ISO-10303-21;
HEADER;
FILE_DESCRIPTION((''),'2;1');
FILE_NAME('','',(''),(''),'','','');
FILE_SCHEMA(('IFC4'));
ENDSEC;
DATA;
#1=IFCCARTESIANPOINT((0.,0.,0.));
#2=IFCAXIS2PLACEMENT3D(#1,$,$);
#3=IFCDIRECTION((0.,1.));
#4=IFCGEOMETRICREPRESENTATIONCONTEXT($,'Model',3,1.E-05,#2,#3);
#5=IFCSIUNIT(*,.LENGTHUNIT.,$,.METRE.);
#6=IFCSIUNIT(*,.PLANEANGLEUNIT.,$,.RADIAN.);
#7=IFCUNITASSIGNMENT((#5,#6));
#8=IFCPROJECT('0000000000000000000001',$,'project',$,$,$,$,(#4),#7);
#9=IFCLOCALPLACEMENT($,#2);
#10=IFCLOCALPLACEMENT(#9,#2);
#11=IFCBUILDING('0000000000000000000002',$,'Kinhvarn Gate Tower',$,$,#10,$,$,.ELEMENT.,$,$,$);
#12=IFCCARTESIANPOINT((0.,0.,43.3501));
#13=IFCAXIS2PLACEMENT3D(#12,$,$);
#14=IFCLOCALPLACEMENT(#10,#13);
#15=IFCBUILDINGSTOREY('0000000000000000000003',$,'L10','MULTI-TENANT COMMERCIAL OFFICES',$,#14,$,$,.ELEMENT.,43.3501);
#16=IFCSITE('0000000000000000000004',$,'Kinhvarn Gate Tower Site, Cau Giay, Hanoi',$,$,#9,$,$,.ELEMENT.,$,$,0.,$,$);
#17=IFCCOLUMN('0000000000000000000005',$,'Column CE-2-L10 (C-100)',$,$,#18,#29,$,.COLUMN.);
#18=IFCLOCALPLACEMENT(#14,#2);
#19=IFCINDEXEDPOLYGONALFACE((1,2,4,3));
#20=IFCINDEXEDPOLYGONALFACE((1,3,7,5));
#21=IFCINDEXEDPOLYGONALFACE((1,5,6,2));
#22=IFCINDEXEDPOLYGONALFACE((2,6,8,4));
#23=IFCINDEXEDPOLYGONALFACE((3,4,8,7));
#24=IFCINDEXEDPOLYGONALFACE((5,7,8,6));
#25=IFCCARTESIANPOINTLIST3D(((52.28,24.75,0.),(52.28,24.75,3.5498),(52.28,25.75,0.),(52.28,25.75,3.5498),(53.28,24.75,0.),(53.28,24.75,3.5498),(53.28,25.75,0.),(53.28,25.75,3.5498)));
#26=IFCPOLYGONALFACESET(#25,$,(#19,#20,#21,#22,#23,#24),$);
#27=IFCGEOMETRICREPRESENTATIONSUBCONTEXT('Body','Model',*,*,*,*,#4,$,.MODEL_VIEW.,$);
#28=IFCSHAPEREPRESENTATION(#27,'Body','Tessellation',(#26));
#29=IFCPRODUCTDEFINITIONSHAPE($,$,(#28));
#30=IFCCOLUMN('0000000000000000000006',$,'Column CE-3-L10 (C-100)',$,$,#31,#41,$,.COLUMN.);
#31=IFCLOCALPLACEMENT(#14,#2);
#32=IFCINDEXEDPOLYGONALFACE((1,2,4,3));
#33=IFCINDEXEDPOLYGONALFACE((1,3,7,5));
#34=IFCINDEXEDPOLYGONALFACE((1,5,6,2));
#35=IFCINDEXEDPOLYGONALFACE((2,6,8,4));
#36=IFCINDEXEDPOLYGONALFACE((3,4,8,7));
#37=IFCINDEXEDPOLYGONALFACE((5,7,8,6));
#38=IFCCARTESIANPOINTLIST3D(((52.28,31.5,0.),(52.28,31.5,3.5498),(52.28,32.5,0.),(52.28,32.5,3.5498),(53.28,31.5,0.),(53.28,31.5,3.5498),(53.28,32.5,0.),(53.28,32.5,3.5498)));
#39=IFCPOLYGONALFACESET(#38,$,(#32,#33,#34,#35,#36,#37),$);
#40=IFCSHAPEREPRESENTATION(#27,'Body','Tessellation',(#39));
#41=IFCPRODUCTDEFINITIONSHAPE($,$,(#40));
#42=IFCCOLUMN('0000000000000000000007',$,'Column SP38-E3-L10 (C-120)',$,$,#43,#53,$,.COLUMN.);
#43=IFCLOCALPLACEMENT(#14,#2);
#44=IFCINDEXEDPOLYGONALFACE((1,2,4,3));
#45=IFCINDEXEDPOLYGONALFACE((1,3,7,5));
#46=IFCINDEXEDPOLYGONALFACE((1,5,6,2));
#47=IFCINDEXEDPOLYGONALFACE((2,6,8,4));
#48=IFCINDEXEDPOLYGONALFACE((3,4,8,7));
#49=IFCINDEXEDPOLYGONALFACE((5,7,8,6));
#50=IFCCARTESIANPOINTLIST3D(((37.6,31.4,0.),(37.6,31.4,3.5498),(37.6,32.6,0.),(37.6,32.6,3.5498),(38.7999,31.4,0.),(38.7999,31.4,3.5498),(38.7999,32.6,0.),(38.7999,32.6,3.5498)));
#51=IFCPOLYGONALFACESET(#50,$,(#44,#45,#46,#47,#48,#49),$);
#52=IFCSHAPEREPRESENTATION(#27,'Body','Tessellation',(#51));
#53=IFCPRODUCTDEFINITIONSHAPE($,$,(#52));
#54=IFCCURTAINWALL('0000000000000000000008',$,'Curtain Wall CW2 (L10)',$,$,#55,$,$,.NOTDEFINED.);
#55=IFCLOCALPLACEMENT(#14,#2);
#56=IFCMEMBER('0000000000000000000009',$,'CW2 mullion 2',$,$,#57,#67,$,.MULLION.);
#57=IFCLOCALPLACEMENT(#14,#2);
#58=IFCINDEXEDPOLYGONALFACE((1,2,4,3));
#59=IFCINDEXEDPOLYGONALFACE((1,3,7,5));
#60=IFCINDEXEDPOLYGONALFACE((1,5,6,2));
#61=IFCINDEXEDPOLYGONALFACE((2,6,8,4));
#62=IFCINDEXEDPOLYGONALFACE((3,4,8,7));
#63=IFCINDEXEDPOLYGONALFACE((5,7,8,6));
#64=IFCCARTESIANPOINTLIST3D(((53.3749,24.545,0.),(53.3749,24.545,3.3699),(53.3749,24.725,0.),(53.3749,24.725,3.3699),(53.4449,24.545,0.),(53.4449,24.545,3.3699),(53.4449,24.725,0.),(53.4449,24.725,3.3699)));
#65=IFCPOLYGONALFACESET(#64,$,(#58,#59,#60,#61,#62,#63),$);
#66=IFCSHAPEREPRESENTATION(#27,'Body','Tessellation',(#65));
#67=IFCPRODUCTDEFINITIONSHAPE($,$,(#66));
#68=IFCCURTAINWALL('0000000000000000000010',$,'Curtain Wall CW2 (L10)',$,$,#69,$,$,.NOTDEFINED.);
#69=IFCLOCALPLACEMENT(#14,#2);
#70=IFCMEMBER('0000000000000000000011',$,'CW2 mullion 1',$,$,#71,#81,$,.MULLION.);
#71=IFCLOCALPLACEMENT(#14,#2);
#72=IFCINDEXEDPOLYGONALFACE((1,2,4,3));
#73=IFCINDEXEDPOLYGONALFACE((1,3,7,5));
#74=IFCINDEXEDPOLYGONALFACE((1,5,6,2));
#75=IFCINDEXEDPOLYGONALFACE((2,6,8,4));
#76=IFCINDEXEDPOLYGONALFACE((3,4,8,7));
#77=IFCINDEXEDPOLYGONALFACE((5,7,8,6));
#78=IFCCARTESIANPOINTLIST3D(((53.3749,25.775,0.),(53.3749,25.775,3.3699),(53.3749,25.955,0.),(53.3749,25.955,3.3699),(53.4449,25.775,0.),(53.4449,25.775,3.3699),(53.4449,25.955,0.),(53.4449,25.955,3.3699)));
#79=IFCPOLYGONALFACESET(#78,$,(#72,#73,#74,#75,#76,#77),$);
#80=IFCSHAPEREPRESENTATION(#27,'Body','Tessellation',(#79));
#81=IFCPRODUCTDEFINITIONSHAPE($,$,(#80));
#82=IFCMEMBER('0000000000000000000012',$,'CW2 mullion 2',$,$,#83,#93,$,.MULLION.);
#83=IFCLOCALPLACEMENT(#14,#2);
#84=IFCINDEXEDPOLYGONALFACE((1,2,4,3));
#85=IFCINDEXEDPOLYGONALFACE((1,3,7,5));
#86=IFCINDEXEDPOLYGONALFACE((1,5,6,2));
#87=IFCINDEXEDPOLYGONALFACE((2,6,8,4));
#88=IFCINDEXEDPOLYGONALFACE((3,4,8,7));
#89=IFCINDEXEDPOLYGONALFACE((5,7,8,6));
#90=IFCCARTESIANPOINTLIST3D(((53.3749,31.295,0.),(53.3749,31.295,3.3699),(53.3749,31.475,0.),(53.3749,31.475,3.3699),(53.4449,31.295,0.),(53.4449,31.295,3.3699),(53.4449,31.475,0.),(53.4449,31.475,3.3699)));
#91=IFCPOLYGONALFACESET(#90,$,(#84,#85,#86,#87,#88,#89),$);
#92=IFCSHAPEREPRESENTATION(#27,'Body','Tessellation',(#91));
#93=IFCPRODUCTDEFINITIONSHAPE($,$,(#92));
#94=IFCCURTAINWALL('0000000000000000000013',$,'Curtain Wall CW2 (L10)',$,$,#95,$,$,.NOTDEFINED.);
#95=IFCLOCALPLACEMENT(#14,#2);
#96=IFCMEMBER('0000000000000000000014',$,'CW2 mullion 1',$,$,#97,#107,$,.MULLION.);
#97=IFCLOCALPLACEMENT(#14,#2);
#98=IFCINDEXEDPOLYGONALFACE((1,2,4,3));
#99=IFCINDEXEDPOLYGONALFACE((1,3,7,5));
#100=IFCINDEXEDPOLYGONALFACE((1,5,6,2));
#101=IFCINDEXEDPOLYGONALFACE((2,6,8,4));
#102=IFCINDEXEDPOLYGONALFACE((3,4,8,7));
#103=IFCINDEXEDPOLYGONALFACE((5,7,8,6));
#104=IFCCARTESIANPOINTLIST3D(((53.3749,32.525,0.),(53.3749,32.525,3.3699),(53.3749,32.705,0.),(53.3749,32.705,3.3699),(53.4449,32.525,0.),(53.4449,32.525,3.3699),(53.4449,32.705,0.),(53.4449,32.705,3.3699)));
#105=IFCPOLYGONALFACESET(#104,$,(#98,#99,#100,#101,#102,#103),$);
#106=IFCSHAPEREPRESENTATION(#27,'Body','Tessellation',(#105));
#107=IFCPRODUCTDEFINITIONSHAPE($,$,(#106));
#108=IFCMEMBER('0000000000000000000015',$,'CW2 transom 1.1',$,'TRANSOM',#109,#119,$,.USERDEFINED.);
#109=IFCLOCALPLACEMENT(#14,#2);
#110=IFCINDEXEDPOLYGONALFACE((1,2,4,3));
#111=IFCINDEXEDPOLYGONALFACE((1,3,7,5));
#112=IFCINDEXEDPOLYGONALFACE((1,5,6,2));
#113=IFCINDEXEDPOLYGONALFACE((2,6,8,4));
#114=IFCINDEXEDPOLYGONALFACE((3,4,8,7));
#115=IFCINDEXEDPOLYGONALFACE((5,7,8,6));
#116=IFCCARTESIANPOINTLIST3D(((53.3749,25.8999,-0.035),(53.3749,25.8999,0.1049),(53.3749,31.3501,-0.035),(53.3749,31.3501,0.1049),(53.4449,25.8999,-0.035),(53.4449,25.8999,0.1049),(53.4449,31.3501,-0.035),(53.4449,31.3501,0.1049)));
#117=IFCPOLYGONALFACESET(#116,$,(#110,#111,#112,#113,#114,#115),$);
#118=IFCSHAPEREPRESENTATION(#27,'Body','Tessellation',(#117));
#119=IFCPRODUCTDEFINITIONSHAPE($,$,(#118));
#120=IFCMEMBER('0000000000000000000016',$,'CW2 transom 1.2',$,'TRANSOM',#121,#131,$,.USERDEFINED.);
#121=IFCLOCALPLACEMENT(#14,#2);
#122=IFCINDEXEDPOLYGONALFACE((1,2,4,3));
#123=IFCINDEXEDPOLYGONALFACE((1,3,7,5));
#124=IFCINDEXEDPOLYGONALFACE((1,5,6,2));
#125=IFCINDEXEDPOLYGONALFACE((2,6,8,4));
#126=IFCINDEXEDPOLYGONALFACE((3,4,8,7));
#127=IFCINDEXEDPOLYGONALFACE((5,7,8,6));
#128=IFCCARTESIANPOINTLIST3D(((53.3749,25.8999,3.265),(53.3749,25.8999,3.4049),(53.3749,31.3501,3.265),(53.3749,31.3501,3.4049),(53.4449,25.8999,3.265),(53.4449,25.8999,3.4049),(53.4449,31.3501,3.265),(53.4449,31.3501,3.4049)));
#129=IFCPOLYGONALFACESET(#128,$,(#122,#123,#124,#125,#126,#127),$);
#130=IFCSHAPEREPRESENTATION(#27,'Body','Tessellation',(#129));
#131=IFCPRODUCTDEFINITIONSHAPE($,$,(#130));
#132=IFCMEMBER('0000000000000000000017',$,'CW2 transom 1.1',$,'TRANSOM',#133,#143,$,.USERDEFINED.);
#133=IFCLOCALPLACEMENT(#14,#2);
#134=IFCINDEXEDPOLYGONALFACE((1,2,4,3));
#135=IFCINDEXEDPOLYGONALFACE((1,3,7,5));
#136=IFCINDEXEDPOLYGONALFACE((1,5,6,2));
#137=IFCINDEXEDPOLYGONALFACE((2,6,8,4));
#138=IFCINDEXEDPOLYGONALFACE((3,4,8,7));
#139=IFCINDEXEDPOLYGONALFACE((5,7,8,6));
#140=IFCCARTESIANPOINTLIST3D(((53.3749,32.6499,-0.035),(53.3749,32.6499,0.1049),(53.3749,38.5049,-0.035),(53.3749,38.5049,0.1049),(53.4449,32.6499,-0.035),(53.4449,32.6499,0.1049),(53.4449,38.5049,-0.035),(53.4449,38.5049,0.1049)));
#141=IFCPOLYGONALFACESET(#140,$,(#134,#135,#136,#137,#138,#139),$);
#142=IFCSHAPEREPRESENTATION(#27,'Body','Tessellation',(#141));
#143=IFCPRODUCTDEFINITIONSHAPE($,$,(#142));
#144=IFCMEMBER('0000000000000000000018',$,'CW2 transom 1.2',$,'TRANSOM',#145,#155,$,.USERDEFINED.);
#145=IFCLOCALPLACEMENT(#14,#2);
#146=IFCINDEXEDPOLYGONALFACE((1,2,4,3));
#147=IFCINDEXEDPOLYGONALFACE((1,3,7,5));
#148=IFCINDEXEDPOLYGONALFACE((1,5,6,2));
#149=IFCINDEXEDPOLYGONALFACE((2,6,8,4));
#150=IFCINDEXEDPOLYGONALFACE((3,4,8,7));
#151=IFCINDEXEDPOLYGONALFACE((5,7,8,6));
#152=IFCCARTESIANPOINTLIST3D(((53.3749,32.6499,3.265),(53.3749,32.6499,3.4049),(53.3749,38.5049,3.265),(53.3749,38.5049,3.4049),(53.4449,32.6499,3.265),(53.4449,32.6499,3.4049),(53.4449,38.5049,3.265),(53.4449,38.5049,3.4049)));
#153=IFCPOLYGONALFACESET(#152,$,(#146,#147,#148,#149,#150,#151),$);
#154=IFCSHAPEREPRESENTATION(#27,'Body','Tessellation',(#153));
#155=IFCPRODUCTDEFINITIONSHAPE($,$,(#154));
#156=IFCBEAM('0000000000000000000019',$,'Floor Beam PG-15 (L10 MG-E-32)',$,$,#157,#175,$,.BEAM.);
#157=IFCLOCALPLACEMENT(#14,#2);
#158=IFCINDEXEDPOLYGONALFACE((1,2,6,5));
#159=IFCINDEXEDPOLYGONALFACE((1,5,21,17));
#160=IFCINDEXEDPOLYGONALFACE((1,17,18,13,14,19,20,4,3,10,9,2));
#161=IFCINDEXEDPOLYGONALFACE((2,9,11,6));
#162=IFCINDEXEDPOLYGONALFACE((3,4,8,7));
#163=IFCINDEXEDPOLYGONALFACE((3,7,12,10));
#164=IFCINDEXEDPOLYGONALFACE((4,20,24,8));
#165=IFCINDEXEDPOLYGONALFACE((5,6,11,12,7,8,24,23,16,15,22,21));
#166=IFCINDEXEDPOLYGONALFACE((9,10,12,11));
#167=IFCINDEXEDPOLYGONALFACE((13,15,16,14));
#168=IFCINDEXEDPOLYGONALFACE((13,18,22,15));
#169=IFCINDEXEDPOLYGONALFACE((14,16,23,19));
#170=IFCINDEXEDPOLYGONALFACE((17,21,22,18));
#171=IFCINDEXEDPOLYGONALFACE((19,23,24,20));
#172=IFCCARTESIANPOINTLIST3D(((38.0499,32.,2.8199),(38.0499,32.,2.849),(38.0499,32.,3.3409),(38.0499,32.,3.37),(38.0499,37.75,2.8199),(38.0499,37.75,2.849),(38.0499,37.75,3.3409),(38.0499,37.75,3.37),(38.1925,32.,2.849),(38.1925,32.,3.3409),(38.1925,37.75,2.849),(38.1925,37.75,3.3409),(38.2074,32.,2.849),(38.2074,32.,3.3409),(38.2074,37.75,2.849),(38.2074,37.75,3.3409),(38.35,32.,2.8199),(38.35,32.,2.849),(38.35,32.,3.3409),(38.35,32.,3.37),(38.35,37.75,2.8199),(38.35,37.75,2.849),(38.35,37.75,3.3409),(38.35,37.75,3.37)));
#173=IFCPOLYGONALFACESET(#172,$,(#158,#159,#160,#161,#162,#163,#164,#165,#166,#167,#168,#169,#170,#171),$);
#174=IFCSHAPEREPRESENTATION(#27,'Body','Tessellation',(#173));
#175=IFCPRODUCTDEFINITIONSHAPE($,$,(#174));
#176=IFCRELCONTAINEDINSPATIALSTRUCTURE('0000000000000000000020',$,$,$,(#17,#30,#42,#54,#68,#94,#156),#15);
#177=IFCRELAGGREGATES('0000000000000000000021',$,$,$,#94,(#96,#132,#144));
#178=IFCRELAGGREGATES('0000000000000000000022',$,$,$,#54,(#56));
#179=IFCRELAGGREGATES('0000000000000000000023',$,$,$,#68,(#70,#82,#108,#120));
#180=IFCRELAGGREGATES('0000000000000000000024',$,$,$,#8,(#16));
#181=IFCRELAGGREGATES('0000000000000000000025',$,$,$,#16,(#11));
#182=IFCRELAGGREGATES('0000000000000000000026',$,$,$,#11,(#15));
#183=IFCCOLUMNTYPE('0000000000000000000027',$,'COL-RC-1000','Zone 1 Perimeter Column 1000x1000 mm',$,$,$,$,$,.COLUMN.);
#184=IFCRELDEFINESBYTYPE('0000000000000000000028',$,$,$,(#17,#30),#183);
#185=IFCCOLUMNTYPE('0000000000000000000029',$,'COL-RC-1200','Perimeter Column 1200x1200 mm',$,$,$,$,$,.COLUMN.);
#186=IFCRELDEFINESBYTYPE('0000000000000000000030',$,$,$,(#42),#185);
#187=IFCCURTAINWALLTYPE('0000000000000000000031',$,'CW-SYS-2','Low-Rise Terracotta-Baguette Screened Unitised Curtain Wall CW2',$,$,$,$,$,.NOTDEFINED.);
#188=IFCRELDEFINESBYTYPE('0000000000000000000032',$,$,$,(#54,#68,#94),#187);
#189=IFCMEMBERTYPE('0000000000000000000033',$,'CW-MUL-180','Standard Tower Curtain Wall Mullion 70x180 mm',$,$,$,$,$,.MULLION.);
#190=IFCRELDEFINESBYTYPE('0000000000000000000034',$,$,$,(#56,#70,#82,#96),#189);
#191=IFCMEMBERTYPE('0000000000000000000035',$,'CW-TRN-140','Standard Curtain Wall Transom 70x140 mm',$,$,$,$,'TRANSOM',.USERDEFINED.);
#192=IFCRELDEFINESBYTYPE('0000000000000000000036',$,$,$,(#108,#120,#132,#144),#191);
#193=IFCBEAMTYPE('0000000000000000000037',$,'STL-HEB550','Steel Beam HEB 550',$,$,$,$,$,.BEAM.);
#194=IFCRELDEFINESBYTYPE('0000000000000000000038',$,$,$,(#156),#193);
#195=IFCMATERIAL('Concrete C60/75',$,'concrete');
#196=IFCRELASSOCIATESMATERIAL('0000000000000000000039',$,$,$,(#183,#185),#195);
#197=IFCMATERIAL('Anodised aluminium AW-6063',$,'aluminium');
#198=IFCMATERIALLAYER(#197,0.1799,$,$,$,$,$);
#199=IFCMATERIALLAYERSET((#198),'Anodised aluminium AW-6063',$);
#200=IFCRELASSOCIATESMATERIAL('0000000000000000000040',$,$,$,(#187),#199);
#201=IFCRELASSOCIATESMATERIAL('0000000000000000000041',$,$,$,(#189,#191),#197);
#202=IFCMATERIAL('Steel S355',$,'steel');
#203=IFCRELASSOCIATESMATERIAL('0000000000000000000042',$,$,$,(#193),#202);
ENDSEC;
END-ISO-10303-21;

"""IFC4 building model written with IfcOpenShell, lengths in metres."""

from ifc_helpers import new_model, si_unit, direction, frame, origin, origin_2d, place, context, subcontext, project, spatial, rectangle, i_section, extrude, material, layer, layer_set, material_profile, profile_set, type_object, element, aggregate, save


model = new_model("IFC4")

# Units and contexts
model_context = context("Model", 3, precision=1e-05, world=origin(), true_north=direction((0.0, 1.0)))
body_context = subcontext(model_context, "Body", "Model", "MODEL_VIEW")
ifc_project = project(units=[si_unit("LENGTHUNIT", "METRE"), si_unit("PLANEANGLEUNIT", "RADIAN")], contexts=[model_context])

# Site, building, storey
site_placement = place(None, origin())
site = spatial("IfcSite", under=ifc_project, at=site_placement, Name="Kinhvarn Gate Tower Site, Cau Giay, Hanoi", CompositionType="ELEMENT", RefElevation=0.0)
building_placement = place(site_placement, origin())
building = spatial("IfcBuilding", under=site, at=building_placement, Name="Kinhvarn Gate Tower", CompositionType="ELEMENT")
storey_placement = place(building_placement, frame((0.0, 0.0, 43.3501)))
storey = spatial("IfcBuildingStorey", under=building, at=storey_placement, Name="L10", Description="MULTI-TENANT COMMERCIAL OFFICES", CompositionType="ELEMENT", Elevation=43.3501)

# Columns
ifc_material_1 = material(Name="Concrete C60/75", Category="concrete")
ifc_material_profile_1 = material_profile(ifc_material_1, rectangle(XDim=1.0, YDim=1.0, at=origin_2d()), Name="RC 1000x1000")
ifc_profile_set_1 = profile_set([ifc_material_profile_1], Name="Concrete C60/75")
column_type_1 = type_object("IfcColumnType", Name="COL-RC-1000", Description="Zone 1 Perimeter Column 1000x1000 mm", PredefinedType="COLUMN", material=ifc_profile_set_1)
for number, where, z_axis, x_axis, name in (
    (1, (52.78, 25.25, 0.0), (0.0, 0.0, 1.0), (1.0, 0.0, 0.0), "Column CE-2-L10 (C-100)"),
    (2, (52.78, 32.0, 0.0), (0.0, 0.0, 1.0), (1.0, 0.0, 0.0), "Column CE-3-L10 (C-100)"),
):
    element("IfcColumn", number, at=place(storey_placement, frame(where, z_axis=z_axis, x_axis=x_axis)), inside=storey, type_object=column_type_1, Name=name, PredefinedType="COLUMN", context=body_context, shape_type="SweptSolid", body=[
        extrude(rectangle(XDim=1.0, YDim=1.0, at=origin_2d()), origin(), (0.0, 0.0, 1.0), 3.5498),
    ])
ifc_material_profile_2 = material_profile(ifc_material_1, rectangle(XDim=1.2, YDim=1.2, at=origin_2d()), Name="RC 1200x1200")
ifc_profile_set_2 = profile_set([ifc_material_profile_2], Name="Concrete C60/75")
column_type_2 = type_object("IfcColumnType", Name="COL-RC-1200", Description="Perimeter Column 1200x1200 mm", PredefinedType="COLUMN", material=ifc_profile_set_2)
column_placement = place(storey_placement, frame((38.2, 32.0, 0.0), z_axis=(0.0, 0.0, 1.0), x_axis=(1.0, 0.0, 0.0)))
element("IfcColumn", 3, at=column_placement, inside=storey, type_object=column_type_2, Name="Column SP38-E3-L10 (C-120)", PredefinedType="COLUMN", context=body_context, shape_type="SweptSolid", body=[
    extrude(rectangle(XDim=1.2, YDim=1.2, at=origin_2d()), origin(), (0.0, 0.0, 1.0), 3.5498),
])

# Curtain wall, member
ifc_material_2 = material(Name="Anodised aluminium AW-6063", Category="aluminium")
ifc_layer_1 = layer(ifc_material_2, 0.1799)
ifc_layer_set_1 = layer_set([ifc_layer_1], Name="Anodised aluminium AW-6063")
curtain_wall_type = type_object("IfcCurtainWallType", Name="CW-SYS-2", Description="Low-Rise Terracotta-Baguette Screened Unitised Curtain Wall CW2", PredefinedType="NOTDEFINED", material=ifc_layer_set_1)
curtain_wall_1_placement = place(storey_placement, origin())
curtain_wall_1 = element("IfcCurtainWall", 4, at=curtain_wall_1_placement, inside=storey, type_object=curtain_wall_type, Name="Curtain Wall CW2 (L10)", PredefinedType="NOTDEFINED")
ifc_material_profile_3 = material_profile(ifc_material_2, rectangle(XDim=0.0701, YDim=0.1799, at=origin_2d()), Name="ALU 70x180")
ifc_profile_set_3 = profile_set([ifc_material_profile_3], Name="Anodised aluminium AW-6063")
member_type_1 = type_object("IfcMemberType", Name="CW-MUL-180", Description="Standard Tower Curtain Wall Mullion 70x180 mm", PredefinedType="MULLION", material=ifc_profile_set_3)
member_1_placement = place(storey_placement, frame((53.4099, 24.635, 0.0), z_axis=(0.0, 0.0, 1.0), x_axis=(-1.0, 0.0, 0.0)))
member_1 = element("IfcMember", 5, at=member_1_placement, type_object=member_type_1, Name="CW2 mullion 2", PredefinedType="MULLION", context=body_context, shape_type="SweptSolid", body=[
    extrude(rectangle(XDim=0.0701, YDim=0.1799, at=origin_2d()), origin(), (0.0, 0.0, 1.0), 3.3699),
])

# Curtain wall, members
curtain_wall_2_placement = place(storey_placement, origin())
curtain_wall_2 = element("IfcCurtainWall", 6, at=curtain_wall_2_placement, inside=storey, type_object=curtain_wall_type, Name="Curtain Wall CW2 (L10)", PredefinedType="NOTDEFINED")
member_2_placement = place(storey_placement, frame((53.4099, 25.865, 0.0), z_axis=(0.0, 0.0, 1.0), x_axis=(-1.0, 0.0, 0.0)))
member_2 = element("IfcMember", 7, at=member_2_placement, type_object=member_type_1, Name="CW2 mullion 1", PredefinedType="MULLION", context=body_context, shape_type="SweptSolid", body=[
    extrude(rectangle(XDim=0.0701, YDim=0.1799, at=origin_2d()), origin(), (0.0, 0.0, 1.0), 3.3699),
])
member_3_placement = place(storey_placement, frame((53.4099, 31.385, 0.0), z_axis=(0.0, 0.0, 1.0), x_axis=(-1.0, 0.0, 0.0)))
member_3 = element("IfcMember", 8, at=member_3_placement, type_object=member_type_1, Name="CW2 mullion 2", PredefinedType="MULLION", context=body_context, shape_type="SweptSolid", body=[
    extrude(rectangle(XDim=0.0701, YDim=0.1799, at=origin_2d()), origin(), (0.0, 0.0, 1.0), 3.3699),
])

# Curtain wall, member
curtain_wall_3_placement = place(storey_placement, origin())
curtain_wall_3 = element("IfcCurtainWall", 9, at=curtain_wall_3_placement, inside=storey, type_object=curtain_wall_type, Name="Curtain Wall CW2 (L10)", PredefinedType="NOTDEFINED")
member_4_placement = place(storey_placement, frame((53.4099, 32.615, 0.0), z_axis=(0.0, 0.0, 1.0), x_axis=(-1.0, 0.0, 0.0)))
member_4 = element("IfcMember", 10, at=member_4_placement, type_object=member_type_1, Name="CW2 mullion 1", PredefinedType="MULLION", context=body_context, shape_type="SweptSolid", body=[
    extrude(rectangle(XDim=0.0701, YDim=0.1799, at=origin_2d()), origin(), (0.0, 0.0, 1.0), 3.3699),
])

# Members
ifc_material_profile_4 = material_profile(ifc_material_2, rectangle(XDim=0.0701, YDim=0.1399, at=origin_2d()), Name="ALU 70x140")
ifc_profile_set_4 = profile_set([ifc_material_profile_4], Name="Anodised aluminium AW-6063")
member_type_2 = type_object("IfcMemberType", Name="CW-TRN-140", Description="Standard Curtain Wall Transom 70x140 mm", ElementType="TRANSOM", PredefinedType="USERDEFINED", material=ifc_profile_set_4)
member_5_placement = place(storey_placement, frame((53.4099, 25.8999, 0.0349), z_axis=(0.0, 1.0, 0.0), x_axis=(-1.0, 0.0, 0.0)))
member_5 = element("IfcMember", 11, at=member_5_placement, type_object=member_type_2, Name="CW2 transom 1.1", ObjectType="TRANSOM", PredefinedType="USERDEFINED", context=body_context, shape_type="SweptSolid", body=[
    extrude(rectangle(XDim=0.0701, YDim=0.1399, at=origin_2d()), origin(), (0.0, 0.0, 1.0), 5.4502),
])
member_6_placement = place(storey_placement, frame((53.4099, 25.8999, 3.335), z_axis=(0.0, 1.0, 0.0), x_axis=(-1.0, 0.0, 0.0)))
member_6 = element("IfcMember", 12, at=member_6_placement, type_object=member_type_2, Name="CW2 transom 1.2", ObjectType="TRANSOM", PredefinedType="USERDEFINED", context=body_context, shape_type="SweptSolid", body=[
    extrude(rectangle(XDim=0.0701, YDim=0.1399, at=origin_2d()), origin(), (0.0, 0.0, 1.0), 5.4502),
])
member_7_placement = place(storey_placement, frame((53.4099, 32.6499, 0.0349), z_axis=(0.0, 1.0, 0.0), x_axis=(-1.0, 0.0, 0.0)))
member_7 = element("IfcMember", 13, at=member_7_placement, type_object=member_type_2, Name="CW2 transom 1.1", ObjectType="TRANSOM", PredefinedType="USERDEFINED", context=body_context, shape_type="SweptSolid", body=[
    extrude(rectangle(XDim=0.0701, YDim=0.1399, at=origin_2d()), origin(), (0.0, 0.0, 1.0), 5.855),
])
member_8_placement = place(storey_placement, frame((53.4099, 32.6499, 3.335), z_axis=(0.0, 1.0, 0.0), x_axis=(-1.0, 0.0, 0.0)))
member_8 = element("IfcMember", 14, at=member_8_placement, type_object=member_type_2, Name="CW2 transom 1.2", ObjectType="TRANSOM", PredefinedType="USERDEFINED", context=body_context, shape_type="SweptSolid", body=[
    extrude(rectangle(XDim=0.0701, YDim=0.1399, at=origin_2d()), origin(), (0.0, 0.0, 1.0), 5.855),
])
aggregate(curtain_wall_3, [member_4, member_7, member_8])

# Beam
ifc_material_3 = material(Name="Steel S355", Category="steel")
ifc_material_profile_5 = material_profile(ifc_material_3, i_section(OverallWidth=0.3, OverallDepth=0.55, WebThickness=0.0149, FlangeThickness=0.0291, at=origin_2d()), Name="HEB 550")
ifc_profile_set_5 = profile_set([ifc_material_profile_5], Name="Steel S355")
beam_type_1 = type_object("IfcBeamType", Name="STL-HEB550", Description="Steel Beam HEB 550", PredefinedType="BEAM", material=ifc_profile_set_5)
beam_1_placement = place(storey_placement, frame((38.2, 32.0, 3.095), z_axis=(0.0, 1.0, 0.0), x_axis=(-1.0, 0.0, 0.0)))
element("IfcBeam", 15, at=beam_1_placement, inside=storey, type_object=beam_type_1, Name="Floor Beam PG-15 (L10 MG-E-32)", PredefinedType="BEAM", context=body_context, shape_type="SweptSolid", body=[
    extrude(i_section(OverallWidth=0.3, OverallDepth=0.55, WebThickness=0.0149, FlangeThickness=0.0291, at=origin_2d()), origin(), (0.0, 0.0, 1.0), 5.75),
])

aggregate(curtain_wall_1, [member_1])
aggregate(curtain_wall_2, [member_2, member_3, member_5, member_6])

save(model, "model.ifc")
